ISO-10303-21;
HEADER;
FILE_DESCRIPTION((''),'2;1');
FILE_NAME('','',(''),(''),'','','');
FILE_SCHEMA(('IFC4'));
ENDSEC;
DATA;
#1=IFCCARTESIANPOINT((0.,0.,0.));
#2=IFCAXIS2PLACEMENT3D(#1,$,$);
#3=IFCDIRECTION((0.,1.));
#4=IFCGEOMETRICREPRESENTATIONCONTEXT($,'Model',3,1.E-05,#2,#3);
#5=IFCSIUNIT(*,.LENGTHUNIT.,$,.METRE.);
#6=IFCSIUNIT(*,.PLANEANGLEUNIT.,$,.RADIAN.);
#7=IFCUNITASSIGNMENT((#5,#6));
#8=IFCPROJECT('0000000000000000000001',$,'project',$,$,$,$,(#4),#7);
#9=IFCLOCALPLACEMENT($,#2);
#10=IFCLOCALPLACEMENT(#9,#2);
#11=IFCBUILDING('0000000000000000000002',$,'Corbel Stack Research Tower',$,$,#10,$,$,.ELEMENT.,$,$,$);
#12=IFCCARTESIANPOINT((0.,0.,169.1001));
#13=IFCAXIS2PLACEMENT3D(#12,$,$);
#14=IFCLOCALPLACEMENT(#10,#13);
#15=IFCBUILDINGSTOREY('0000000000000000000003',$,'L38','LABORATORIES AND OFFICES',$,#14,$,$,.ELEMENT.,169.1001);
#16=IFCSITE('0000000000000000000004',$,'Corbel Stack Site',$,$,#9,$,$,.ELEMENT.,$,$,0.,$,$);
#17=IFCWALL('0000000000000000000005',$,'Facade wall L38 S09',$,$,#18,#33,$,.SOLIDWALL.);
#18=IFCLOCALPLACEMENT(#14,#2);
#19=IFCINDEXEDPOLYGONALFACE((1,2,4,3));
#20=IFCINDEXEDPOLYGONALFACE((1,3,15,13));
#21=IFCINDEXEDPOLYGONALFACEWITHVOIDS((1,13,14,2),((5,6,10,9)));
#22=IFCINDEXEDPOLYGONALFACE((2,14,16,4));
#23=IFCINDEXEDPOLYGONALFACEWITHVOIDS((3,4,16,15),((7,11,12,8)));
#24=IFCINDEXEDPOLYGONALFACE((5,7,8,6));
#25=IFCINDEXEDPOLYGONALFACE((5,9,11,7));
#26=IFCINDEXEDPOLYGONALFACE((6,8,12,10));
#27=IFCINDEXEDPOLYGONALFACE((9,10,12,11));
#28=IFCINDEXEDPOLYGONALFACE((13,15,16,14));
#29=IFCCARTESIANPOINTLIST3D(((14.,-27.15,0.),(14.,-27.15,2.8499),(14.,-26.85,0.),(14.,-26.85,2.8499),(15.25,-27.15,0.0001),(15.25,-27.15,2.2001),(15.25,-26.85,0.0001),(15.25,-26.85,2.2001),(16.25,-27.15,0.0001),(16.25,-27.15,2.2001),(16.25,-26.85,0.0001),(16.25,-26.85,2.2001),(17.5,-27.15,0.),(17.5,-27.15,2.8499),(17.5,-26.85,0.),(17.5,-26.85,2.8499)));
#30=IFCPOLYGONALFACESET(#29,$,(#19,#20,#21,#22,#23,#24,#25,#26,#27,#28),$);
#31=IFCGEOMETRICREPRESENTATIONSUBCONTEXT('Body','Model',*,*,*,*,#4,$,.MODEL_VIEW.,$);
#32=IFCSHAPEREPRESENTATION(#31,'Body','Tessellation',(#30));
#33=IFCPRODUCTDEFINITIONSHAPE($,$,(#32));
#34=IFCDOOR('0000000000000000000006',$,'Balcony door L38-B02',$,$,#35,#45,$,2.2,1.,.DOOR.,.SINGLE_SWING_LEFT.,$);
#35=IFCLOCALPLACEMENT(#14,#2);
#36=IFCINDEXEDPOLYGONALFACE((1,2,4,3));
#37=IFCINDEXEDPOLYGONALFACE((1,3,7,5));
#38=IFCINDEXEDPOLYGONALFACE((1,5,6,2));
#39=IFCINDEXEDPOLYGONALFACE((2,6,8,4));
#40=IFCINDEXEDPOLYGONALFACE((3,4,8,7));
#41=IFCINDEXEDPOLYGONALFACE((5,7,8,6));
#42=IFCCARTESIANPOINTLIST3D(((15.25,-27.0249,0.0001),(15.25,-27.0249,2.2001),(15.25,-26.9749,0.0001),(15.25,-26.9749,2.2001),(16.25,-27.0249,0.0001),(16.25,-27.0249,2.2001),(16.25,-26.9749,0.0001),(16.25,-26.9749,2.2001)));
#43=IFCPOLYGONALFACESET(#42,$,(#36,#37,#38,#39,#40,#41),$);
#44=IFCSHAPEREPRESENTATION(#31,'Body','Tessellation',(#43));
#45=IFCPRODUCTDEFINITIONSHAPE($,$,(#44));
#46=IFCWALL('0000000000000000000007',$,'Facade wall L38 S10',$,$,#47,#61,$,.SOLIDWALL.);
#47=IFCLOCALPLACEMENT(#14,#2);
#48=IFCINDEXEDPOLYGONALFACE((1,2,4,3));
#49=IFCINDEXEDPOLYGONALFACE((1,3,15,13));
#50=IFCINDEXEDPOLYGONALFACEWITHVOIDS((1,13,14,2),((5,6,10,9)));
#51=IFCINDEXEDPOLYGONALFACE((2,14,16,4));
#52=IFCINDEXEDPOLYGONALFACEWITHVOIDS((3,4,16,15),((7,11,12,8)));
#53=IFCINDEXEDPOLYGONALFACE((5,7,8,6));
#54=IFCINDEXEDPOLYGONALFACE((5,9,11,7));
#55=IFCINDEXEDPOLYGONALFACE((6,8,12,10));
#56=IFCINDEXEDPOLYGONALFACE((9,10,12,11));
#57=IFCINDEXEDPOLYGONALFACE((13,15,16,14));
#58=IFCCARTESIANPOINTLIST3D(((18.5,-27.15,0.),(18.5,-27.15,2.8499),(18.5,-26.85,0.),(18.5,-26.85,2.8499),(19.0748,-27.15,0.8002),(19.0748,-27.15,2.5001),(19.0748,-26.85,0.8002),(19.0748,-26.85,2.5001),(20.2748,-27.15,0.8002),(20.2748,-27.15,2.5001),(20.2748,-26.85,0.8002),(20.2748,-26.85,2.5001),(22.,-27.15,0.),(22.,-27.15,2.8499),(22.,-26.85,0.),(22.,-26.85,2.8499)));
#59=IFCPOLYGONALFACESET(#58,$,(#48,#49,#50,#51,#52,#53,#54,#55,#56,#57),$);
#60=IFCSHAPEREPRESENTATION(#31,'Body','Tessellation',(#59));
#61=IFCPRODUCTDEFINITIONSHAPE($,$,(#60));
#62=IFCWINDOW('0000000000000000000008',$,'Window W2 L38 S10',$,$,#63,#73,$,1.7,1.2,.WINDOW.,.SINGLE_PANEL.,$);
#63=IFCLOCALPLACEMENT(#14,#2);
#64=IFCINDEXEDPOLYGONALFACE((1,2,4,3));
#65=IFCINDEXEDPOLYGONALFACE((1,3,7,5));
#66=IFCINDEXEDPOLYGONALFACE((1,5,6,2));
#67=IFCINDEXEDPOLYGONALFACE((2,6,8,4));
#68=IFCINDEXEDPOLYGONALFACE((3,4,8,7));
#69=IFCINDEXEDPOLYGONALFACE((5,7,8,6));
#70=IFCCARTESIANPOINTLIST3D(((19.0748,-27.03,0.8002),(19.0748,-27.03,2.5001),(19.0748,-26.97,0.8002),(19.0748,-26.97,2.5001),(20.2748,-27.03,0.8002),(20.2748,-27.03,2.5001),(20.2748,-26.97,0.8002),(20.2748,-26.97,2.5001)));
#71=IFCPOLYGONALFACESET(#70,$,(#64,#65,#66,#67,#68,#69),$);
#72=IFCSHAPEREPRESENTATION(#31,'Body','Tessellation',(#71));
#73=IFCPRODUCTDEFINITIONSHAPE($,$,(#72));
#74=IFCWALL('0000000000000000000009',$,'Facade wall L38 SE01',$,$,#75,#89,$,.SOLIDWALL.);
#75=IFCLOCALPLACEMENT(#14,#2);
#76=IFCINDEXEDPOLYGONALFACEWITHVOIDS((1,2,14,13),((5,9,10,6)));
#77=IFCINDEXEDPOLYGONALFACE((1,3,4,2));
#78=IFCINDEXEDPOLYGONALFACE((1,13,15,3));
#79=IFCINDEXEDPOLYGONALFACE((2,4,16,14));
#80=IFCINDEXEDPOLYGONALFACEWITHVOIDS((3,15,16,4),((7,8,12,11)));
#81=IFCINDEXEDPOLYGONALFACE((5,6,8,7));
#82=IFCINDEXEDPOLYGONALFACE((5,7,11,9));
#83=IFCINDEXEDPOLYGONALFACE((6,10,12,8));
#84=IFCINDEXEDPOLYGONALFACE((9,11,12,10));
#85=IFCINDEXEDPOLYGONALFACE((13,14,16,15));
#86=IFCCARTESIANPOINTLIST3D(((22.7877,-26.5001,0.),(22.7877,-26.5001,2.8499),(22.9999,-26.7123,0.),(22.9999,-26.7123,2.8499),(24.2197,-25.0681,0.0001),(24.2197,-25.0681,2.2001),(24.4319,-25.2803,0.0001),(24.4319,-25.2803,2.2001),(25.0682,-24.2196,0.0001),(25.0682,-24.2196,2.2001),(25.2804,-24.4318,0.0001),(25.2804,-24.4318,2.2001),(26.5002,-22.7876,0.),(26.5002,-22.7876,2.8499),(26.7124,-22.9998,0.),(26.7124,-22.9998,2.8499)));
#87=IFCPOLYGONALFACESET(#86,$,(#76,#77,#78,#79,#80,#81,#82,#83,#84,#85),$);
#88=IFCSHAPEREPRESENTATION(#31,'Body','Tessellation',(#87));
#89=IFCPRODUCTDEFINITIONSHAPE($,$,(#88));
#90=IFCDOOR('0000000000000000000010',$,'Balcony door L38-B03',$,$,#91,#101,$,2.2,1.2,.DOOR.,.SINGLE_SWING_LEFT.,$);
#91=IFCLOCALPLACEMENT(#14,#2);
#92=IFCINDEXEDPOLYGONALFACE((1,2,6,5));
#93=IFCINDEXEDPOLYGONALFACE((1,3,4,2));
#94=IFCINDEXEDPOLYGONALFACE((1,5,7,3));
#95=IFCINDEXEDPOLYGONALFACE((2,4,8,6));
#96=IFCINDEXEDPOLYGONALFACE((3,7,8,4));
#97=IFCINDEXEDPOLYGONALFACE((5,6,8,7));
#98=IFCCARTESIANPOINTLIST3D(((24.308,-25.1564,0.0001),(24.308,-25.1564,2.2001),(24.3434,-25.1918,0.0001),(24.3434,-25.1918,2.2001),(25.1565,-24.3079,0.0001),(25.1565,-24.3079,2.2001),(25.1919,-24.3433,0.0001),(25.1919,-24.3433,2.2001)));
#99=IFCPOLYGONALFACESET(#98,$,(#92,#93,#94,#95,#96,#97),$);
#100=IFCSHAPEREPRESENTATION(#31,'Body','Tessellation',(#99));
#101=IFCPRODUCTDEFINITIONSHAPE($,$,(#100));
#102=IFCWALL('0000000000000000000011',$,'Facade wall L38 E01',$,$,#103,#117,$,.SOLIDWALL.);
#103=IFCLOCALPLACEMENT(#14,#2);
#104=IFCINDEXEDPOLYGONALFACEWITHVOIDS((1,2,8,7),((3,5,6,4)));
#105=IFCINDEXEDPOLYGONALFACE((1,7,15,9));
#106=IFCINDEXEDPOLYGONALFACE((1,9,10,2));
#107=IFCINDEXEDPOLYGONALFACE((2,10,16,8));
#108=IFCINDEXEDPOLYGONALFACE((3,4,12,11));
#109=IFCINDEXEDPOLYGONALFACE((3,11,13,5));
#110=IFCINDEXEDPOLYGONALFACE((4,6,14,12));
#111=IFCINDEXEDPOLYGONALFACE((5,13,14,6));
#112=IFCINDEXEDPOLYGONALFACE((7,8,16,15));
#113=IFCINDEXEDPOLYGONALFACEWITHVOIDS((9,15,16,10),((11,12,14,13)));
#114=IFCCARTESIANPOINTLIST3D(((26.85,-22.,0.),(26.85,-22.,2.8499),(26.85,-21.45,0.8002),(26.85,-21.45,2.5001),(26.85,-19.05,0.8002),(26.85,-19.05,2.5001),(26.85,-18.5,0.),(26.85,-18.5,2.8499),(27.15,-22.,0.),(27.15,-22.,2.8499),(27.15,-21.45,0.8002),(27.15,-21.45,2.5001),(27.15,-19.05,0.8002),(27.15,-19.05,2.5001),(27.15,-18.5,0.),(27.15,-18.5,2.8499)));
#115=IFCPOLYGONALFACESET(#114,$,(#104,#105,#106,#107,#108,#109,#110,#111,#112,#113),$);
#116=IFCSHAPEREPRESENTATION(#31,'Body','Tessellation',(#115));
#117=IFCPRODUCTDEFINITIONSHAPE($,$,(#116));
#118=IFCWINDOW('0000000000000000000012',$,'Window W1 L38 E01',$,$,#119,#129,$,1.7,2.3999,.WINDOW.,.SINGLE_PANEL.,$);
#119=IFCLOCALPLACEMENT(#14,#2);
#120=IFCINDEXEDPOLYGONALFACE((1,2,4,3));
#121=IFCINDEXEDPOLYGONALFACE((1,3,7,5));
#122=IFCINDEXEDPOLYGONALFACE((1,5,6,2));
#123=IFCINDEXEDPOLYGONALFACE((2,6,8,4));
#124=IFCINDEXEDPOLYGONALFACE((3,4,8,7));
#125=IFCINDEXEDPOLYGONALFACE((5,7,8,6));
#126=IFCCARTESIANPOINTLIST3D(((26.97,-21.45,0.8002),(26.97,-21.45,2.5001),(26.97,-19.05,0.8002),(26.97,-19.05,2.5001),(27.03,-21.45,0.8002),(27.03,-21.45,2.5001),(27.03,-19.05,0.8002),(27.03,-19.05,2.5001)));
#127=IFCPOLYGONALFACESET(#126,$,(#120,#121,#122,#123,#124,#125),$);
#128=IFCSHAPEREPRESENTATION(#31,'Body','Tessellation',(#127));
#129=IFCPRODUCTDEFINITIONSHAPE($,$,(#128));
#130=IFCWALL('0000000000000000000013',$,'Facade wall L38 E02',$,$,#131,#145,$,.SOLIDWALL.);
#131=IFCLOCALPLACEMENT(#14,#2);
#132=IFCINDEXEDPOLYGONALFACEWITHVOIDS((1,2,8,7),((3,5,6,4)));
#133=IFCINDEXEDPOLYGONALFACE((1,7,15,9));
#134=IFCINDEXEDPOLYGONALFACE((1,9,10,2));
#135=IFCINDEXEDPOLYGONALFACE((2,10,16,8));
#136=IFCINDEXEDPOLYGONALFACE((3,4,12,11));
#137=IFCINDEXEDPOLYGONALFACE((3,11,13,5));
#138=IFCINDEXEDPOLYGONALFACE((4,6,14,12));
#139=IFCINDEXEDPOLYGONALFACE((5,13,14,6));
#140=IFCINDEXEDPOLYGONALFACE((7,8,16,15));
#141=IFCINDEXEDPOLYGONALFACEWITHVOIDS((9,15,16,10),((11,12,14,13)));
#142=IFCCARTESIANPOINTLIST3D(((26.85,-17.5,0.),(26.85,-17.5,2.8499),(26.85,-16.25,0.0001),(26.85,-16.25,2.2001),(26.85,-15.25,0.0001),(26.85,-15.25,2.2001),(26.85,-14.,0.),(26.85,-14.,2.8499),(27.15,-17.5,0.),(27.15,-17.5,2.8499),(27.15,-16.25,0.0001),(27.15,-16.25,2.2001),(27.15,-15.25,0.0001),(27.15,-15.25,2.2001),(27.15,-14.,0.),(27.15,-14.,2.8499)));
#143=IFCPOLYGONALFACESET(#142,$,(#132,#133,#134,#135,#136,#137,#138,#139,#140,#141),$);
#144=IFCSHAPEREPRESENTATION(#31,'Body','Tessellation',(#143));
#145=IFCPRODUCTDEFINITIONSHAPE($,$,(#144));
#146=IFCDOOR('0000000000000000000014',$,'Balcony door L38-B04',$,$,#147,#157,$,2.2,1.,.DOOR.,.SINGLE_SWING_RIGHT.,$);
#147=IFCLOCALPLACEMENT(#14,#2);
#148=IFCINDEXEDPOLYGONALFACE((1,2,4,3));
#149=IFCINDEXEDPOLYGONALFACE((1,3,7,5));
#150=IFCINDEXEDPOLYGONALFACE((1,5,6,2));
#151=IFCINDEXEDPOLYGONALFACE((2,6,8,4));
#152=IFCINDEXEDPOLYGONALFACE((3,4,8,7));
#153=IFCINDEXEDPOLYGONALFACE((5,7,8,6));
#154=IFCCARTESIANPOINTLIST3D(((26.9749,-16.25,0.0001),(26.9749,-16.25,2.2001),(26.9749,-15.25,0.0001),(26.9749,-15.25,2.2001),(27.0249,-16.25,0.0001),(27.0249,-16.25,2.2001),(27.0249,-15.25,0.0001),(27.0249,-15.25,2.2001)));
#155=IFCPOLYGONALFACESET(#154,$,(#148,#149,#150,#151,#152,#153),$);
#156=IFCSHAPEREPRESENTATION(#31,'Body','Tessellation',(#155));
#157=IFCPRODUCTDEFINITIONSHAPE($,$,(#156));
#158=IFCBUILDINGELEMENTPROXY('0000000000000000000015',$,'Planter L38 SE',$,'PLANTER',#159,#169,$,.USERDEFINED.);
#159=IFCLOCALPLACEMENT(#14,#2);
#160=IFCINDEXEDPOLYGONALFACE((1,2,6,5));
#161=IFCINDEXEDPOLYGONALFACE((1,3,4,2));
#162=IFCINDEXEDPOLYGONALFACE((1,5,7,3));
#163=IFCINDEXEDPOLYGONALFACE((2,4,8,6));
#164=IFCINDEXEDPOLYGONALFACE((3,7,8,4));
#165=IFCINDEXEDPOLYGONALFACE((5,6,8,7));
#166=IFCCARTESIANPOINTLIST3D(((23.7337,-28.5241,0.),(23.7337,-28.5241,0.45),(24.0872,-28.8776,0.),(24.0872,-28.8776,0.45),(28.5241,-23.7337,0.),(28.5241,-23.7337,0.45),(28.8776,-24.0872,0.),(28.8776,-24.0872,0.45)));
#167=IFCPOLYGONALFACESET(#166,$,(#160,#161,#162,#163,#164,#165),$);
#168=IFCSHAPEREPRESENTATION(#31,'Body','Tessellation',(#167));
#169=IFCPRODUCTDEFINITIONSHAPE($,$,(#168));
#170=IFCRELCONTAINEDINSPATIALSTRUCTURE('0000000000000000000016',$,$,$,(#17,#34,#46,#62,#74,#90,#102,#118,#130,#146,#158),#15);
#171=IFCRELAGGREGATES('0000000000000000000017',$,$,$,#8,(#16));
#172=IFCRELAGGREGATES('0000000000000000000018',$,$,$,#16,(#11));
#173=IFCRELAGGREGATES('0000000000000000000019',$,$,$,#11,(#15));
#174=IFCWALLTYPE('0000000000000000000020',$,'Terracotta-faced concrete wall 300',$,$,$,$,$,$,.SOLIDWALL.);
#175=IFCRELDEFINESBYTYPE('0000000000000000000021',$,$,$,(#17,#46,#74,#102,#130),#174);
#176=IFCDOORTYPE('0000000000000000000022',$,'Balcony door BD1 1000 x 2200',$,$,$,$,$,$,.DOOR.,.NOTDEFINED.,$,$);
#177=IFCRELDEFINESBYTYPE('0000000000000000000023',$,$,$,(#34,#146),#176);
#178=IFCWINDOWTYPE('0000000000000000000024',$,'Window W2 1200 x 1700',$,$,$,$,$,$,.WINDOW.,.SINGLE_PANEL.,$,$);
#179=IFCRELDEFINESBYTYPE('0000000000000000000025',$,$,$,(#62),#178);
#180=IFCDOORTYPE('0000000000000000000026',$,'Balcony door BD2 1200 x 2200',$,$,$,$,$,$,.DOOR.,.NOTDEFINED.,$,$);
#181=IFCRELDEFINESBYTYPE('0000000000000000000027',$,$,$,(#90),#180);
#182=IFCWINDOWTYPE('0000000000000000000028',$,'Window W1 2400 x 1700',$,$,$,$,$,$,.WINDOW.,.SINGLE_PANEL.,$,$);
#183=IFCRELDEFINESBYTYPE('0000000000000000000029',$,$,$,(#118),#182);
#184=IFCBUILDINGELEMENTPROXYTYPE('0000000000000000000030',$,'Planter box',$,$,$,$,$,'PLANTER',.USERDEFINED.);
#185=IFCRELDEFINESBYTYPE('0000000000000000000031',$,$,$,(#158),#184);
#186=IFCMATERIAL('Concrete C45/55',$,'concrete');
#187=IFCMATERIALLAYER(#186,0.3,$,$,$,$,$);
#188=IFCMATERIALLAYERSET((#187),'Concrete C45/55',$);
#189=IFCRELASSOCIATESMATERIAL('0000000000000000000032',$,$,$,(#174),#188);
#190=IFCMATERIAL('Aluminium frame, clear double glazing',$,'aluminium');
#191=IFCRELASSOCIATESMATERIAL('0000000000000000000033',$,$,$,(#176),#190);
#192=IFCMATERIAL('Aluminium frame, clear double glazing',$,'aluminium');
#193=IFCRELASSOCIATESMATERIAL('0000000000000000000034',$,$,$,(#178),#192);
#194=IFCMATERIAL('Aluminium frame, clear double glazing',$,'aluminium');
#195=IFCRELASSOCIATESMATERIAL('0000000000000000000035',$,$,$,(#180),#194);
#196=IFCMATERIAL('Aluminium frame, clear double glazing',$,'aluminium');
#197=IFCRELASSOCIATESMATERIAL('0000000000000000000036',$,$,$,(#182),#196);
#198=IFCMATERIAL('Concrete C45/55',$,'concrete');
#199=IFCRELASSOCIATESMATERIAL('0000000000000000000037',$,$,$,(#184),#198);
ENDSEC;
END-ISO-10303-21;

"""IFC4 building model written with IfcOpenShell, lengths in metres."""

from ifc_helpers import new_model, si_unit, direction, frame, frame_2d, origin, origin_2d, place, context, subcontext, project, spatial, rectangle, extrude, material, layer, layer_set, type_object, element, fill, save


model = new_model("IFC4")

# Units and contexts
model_context = context("Model", 3, precision=1e-05, world=origin(), true_north=direction((0.0, 1.0)))
body_context = subcontext(model_context, "Body", "Model", "MODEL_VIEW")
ifc_project = project(units=[si_unit("LENGTHUNIT", "METRE"), si_unit("PLANEANGLEUNIT", "RADIAN")], contexts=[model_context])

# Site, building, storey
site_placement = place(None, origin())
site = spatial("IfcSite", under=ifc_project, at=site_placement, Name="Corbel Stack Site", CompositionType="ELEMENT", RefElevation=0.0)
building_placement = place(site_placement, origin())
building = spatial("IfcBuilding", under=site, at=building_placement, Name="Corbel Stack Research Tower", CompositionType="ELEMENT")
storey_placement = place(building_placement, frame((0.0, 0.0, 169.1001)))
storey = spatial("IfcBuildingStorey", under=building, at=storey_placement, Name="L38", Description="LABORATORIES AND OFFICES", CompositionType="ELEMENT", Elevation=169.1001)

# Wall, opening, door
ifc_material_1 = material(Name="Concrete C45/55", Category="concrete")
ifc_layer_1 = layer(ifc_material_1, 0.3)
ifc_layer_set_1 = layer_set([ifc_layer_1], Name="Concrete C45/55")
wall_type_1 = type_object("IfcWallType", Name="Terracotta-faced concrete wall 300", PredefinedType="SOLIDWALL", material=ifc_layer_set_1)
wall_1_placement = place(storey_placement, frame((17.5, -27.0, 0.0), z_axis=(0.0, 0.0, 1.0), x_axis=(-1.0, 0.0, 0.0)))
wall_1 = element("IfcWall", 1, at=wall_1_placement, inside=storey, type_object=wall_type_1, Name="Facade wall L38 S09", PredefinedType="SOLIDWALL", context=body_context, shape_type="SweptSolid", body=[
    extrude(rectangle(XDim=3.5, YDim=0.3, at=frame_2d((1.75, 0.0))), origin(), (0.0, 0.0, 1.0), 2.8499),
])
opening_1_placement = place(wall_1_placement, frame((1.25, 0.0, 0.0)))
opening_1 = element("IfcOpeningElement", 2, at=opening_1_placement, cuts=wall_1, PredefinedType="OPENING", context=body_context, shape_type="SweptSolid", body=[
    extrude(rectangle(XDim=1.0, YDim=2.2, at=frame_2d((0.5, 1.1001))), frame((0.0, 0.1599, 0.0), z_axis=(0.0, -1.0, 0.0), x_axis=(1.0, 0.0, 0.0)), (0.0, 0.0, 1.0), 0.3201),
])
ifc_material_2 = material(Name="Aluminium frame, clear double glazing", Category="aluminium")
door_type_1 = type_object("IfcDoorType", Name="Balcony door BD1 1000 x 2200", OperationType="NOTDEFINED", PredefinedType="DOOR", material=ifc_material_2)
door_1_placement = place(opening_1_placement, origin())
door_1 = element("IfcDoor", 3, at=door_1_placement, inside=storey, type_object=door_type_1, Name="Balcony door L38-B02", OperationType="SINGLE_SWING_LEFT", OverallHeight=2.2, OverallWidth=1.0, PredefinedType="DOOR", context=body_context, shape_type="SweptSolid", body=[
    extrude(rectangle(XDim=1.0, YDim=2.2, at=frame_2d((0.5, 1.1001))), frame((0.0, 0.0249, 0.0), z_axis=(0.0, -1.0, 0.0), x_axis=(1.0, 0.0, 0.0)), (0.0, 0.0, 1.0), 0.05),
])
fill(opening_1, door_1)

# Wall, opening, window
wall_2_placement = place(storey_placement, frame((22.0, -27.0, 0.0), z_axis=(0.0, 0.0, 1.0), x_axis=(-1.0, 0.0, 0.0)))
wall_2 = element("IfcWall", 4, at=wall_2_placement, inside=storey, type_object=wall_type_1, Name="Facade wall L38 S10", PredefinedType="SOLIDWALL", context=body_context, shape_type="SweptSolid", body=[
    extrude(rectangle(XDim=3.5, YDim=0.3, at=frame_2d((1.75, 0.0))), origin(), (0.0, 0.0, 1.0), 2.8499),
])
opening_2_placement = place(wall_2_placement, frame((1.7251, 0.0, 0.8)))
opening_2 = element("IfcOpeningElement", 5, at=opening_2_placement, cuts=wall_2, PredefinedType="OPENING", context=body_context, shape_type="SweptSolid", body=[
    extrude(rectangle(XDim=1.2, YDim=1.7, at=frame_2d((0.6001, 0.8501))), frame((0.0, 0.1599, 0.0), z_axis=(0.0, -1.0, 0.0), x_axis=(1.0, 0.0, 0.0)), (0.0, 0.0, 1.0), 0.3201),
])
ifc_material_3 = material(Name="Aluminium frame, clear double glazing", Category="aluminium")
window_type_1 = type_object("IfcWindowType", Name="Window W2 1200 x 1700", PartitioningType="SINGLE_PANEL", PredefinedType="WINDOW", material=ifc_material_3)
window_1_placement = place(opening_2_placement, origin())
window_1 = element("IfcWindow", 6, at=window_1_placement, inside=storey, type_object=window_type_1, Name="Window W2 L38 S10", OverallHeight=1.7, OverallWidth=1.2, PartitioningType="SINGLE_PANEL", PredefinedType="WINDOW", context=body_context, shape_type="SweptSolid", body=[
    extrude(rectangle(XDim=1.2, YDim=1.7, at=frame_2d((0.6001, 0.8501))), frame((0.0, 0.03, 0.0), z_axis=(0.0, -1.0, 0.0), x_axis=(1.0, 0.0, 0.0)), (0.0, 0.0, 1.0), 0.0601),
])
fill(opening_2, window_1)

# Wall, opening, door
wall_3_placement = place(storey_placement, frame((26.6062, -22.8938, 0.0), z_axis=(0.0, 0.0, 1.0), x_axis=(-0.707107, -0.707107, 0.0)))
wall_3 = element("IfcWall", 7, at=wall_3_placement, inside=storey, type_object=wall_type_1, Name="Facade wall L38 SE01", PredefinedType="SOLIDWALL", context=body_context, shape_type="SweptSolid", body=[
    extrude(rectangle(XDim=5.2502, YDim=0.3, at=frame_2d((2.625, 0.0))), origin(), (0.0, 0.0, 1.0), 2.8499),
])
opening_3_placement = place(wall_3_placement, frame((2.0249, 0.0, 0.0)))
opening_3 = element("IfcOpeningElement", 8, at=opening_3_placement, cuts=wall_3, PredefinedType="OPENING", context=body_context, shape_type="SweptSolid", body=[
    extrude(rectangle(XDim=1.2, YDim=2.2, at=frame_2d((0.6001, 1.1001))), frame((0.0, 0.1599, 0.0), z_axis=(0.0, -1.0, 0.0), x_axis=(1.0, 0.0, 0.0)), (0.0, 0.0, 1.0), 0.3201),
])
ifc_material_4 = material(Name="Aluminium frame, clear double glazing", Category="aluminium")
door_type_2 = type_object("IfcDoorType", Name="Balcony door BD2 1200 x 2200", OperationType="NOTDEFINED", PredefinedType="DOOR", material=ifc_material_4)
door_2_placement = place(opening_3_placement, origin())
door_2 = element("IfcDoor", 9, at=door_2_placement, inside=storey, type_object=door_type_2, Name="Balcony door L38-B03", OperationType="SINGLE_SWING_LEFT", OverallHeight=2.2, OverallWidth=1.2, PredefinedType="DOOR", context=body_context, shape_type="SweptSolid", body=[
    extrude(rectangle(XDim=1.2, YDim=2.2, at=frame_2d((0.6001, 1.1001))), frame((0.0, 0.0249, 0.0), z_axis=(0.0, -1.0, 0.0), x_axis=(1.0, 0.0, 0.0)), (0.0, 0.0, 1.0), 0.05),
])
fill(opening_3, door_2)

# Wall, opening, window
wall_4_placement = place(storey_placement, frame((27.0, -18.5, 0.0), z_axis=(0.0, 0.0, 1.0), x_axis=(0.0, -1.0, 0.0)))
wall_4 = element("IfcWall", 10, at=wall_4_placement, inside=storey, type_object=wall_type_1, Name="Facade wall L38 E01", PredefinedType="SOLIDWALL", context=body_context, shape_type="SweptSolid", body=[
    extrude(rectangle(XDim=3.5, YDim=0.3, at=frame_2d((1.75, 0.0))), origin(), (0.0, 0.0, 1.0), 2.8499),
])
opening_4_placement = place(wall_4_placement, frame((0.55, 0.0, 0.8)))
opening_4 = element("IfcOpeningElement", 11, at=opening_4_placement, cuts=wall_4, PredefinedType="OPENING", context=body_context, shape_type="SweptSolid", body=[
    extrude(rectangle(XDim=2.3999, YDim=1.7, at=frame_2d((1.2, 0.8501))), frame((0.0, 0.1599, 0.0), z_axis=(0.0, -1.0, 0.0), x_axis=(1.0, 0.0, 0.0)), (0.0, 0.0, 1.0), 0.3201),
])
ifc_material_5 = material(Name="Aluminium frame, clear double glazing", Category="aluminium")
window_type_2 = type_object("IfcWindowType", Name="Window W1 2400 x 1700", PartitioningType="SINGLE_PANEL", PredefinedType="WINDOW", material=ifc_material_5)
window_2_placement = place(opening_4_placement, origin())
window_2 = element("IfcWindow", 12, at=window_2_placement, inside=storey, type_object=window_type_2, Name="Window W1 L38 E01", OverallHeight=1.7, OverallWidth=2.3999, PartitioningType="SINGLE_PANEL", PredefinedType="WINDOW", context=body_context, shape_type="SweptSolid", body=[
    extrude(rectangle(XDim=2.3999, YDim=1.7, at=frame_2d((1.2, 0.8501))), frame((0.0, 0.03, 0.0), z_axis=(0.0, -1.0, 0.0), x_axis=(1.0, 0.0, 0.0)), (0.0, 0.0, 1.0), 0.0601),
])
fill(opening_4, window_2)

# Wall, opening, door
wall_5_placement = place(storey_placement, frame((27.0, -14.0, 0.0), z_axis=(0.0, 0.0, 1.0), x_axis=(0.0, -1.0, 0.0)))
wall_5 = element("IfcWall", 13, at=wall_5_placement, inside=storey, type_object=wall_type_1, Name="Facade wall L38 E02", PredefinedType="SOLIDWALL", context=body_context, shape_type="SweptSolid", body=[
    extrude(rectangle(XDim=3.5, YDim=0.3, at=frame_2d((1.75, 0.0))), origin(), (0.0, 0.0, 1.0), 2.8499),
])
opening_5_placement = place(wall_5_placement, frame((1.25, 0.0, 0.0)))
opening_5 = element("IfcOpeningElement", 14, at=opening_5_placement, cuts=wall_5, PredefinedType="OPENING", context=body_context, shape_type="SweptSolid", body=[
    extrude(rectangle(XDim=1.0, YDim=2.2, at=frame_2d((0.5, 1.1001))), frame((0.0, 0.1599, 0.0), z_axis=(0.0, -1.0, 0.0), x_axis=(1.0, 0.0, 0.0)), (0.0, 0.0, 1.0), 0.3201),
])
door_3_placement = place(opening_5_placement, origin())
door_3 = element("IfcDoor", 15, at=door_3_placement, inside=storey, type_object=door_type_1, Name="Balcony door L38-B04", OperationType="SINGLE_SWING_RIGHT", OverallHeight=2.2, OverallWidth=1.0, PredefinedType="DOOR", context=body_context, shape_type="SweptSolid", body=[
    extrude(rectangle(XDim=1.0, YDim=2.2, at=frame_2d((0.5, 1.1001))), frame((0.0, 0.0249, 0.0), z_axis=(0.0, -1.0, 0.0), x_axis=(1.0, 0.0, 0.0)), (0.0, 0.0, 1.0), 0.05),
])
fill(opening_5, door_3)

# Building element proxy
ifc_material_6 = material(Name="Concrete C45/55", Category="concrete")
building_element_proxy_type = type_object("IfcBuildingElementProxyType", Name="Planter box", ElementType="PLANTER", PredefinedType="USERDEFINED", material=ifc_material_6)
proxy_placement = place(storey_placement, frame((26.3057, -26.3057, 0.0), z_axis=(0.0, 0.0, 1.0), x_axis=(0.707107, 0.707107, 0.0)))
element("IfcBuildingElementProxy", 16, at=proxy_placement, inside=storey, type_object=building_element_proxy_type, Name="Planter L38 SE", ObjectType="PLANTER", PredefinedType="USERDEFINED", context=body_context, shape_type="SweptSolid", body=[
    extrude(rectangle(XDim=6.7747, YDim=0.5, at=origin_2d()), origin(), (0.0, 0.0, 1.0), 0.45),
])

save(model, "model.ifc")
